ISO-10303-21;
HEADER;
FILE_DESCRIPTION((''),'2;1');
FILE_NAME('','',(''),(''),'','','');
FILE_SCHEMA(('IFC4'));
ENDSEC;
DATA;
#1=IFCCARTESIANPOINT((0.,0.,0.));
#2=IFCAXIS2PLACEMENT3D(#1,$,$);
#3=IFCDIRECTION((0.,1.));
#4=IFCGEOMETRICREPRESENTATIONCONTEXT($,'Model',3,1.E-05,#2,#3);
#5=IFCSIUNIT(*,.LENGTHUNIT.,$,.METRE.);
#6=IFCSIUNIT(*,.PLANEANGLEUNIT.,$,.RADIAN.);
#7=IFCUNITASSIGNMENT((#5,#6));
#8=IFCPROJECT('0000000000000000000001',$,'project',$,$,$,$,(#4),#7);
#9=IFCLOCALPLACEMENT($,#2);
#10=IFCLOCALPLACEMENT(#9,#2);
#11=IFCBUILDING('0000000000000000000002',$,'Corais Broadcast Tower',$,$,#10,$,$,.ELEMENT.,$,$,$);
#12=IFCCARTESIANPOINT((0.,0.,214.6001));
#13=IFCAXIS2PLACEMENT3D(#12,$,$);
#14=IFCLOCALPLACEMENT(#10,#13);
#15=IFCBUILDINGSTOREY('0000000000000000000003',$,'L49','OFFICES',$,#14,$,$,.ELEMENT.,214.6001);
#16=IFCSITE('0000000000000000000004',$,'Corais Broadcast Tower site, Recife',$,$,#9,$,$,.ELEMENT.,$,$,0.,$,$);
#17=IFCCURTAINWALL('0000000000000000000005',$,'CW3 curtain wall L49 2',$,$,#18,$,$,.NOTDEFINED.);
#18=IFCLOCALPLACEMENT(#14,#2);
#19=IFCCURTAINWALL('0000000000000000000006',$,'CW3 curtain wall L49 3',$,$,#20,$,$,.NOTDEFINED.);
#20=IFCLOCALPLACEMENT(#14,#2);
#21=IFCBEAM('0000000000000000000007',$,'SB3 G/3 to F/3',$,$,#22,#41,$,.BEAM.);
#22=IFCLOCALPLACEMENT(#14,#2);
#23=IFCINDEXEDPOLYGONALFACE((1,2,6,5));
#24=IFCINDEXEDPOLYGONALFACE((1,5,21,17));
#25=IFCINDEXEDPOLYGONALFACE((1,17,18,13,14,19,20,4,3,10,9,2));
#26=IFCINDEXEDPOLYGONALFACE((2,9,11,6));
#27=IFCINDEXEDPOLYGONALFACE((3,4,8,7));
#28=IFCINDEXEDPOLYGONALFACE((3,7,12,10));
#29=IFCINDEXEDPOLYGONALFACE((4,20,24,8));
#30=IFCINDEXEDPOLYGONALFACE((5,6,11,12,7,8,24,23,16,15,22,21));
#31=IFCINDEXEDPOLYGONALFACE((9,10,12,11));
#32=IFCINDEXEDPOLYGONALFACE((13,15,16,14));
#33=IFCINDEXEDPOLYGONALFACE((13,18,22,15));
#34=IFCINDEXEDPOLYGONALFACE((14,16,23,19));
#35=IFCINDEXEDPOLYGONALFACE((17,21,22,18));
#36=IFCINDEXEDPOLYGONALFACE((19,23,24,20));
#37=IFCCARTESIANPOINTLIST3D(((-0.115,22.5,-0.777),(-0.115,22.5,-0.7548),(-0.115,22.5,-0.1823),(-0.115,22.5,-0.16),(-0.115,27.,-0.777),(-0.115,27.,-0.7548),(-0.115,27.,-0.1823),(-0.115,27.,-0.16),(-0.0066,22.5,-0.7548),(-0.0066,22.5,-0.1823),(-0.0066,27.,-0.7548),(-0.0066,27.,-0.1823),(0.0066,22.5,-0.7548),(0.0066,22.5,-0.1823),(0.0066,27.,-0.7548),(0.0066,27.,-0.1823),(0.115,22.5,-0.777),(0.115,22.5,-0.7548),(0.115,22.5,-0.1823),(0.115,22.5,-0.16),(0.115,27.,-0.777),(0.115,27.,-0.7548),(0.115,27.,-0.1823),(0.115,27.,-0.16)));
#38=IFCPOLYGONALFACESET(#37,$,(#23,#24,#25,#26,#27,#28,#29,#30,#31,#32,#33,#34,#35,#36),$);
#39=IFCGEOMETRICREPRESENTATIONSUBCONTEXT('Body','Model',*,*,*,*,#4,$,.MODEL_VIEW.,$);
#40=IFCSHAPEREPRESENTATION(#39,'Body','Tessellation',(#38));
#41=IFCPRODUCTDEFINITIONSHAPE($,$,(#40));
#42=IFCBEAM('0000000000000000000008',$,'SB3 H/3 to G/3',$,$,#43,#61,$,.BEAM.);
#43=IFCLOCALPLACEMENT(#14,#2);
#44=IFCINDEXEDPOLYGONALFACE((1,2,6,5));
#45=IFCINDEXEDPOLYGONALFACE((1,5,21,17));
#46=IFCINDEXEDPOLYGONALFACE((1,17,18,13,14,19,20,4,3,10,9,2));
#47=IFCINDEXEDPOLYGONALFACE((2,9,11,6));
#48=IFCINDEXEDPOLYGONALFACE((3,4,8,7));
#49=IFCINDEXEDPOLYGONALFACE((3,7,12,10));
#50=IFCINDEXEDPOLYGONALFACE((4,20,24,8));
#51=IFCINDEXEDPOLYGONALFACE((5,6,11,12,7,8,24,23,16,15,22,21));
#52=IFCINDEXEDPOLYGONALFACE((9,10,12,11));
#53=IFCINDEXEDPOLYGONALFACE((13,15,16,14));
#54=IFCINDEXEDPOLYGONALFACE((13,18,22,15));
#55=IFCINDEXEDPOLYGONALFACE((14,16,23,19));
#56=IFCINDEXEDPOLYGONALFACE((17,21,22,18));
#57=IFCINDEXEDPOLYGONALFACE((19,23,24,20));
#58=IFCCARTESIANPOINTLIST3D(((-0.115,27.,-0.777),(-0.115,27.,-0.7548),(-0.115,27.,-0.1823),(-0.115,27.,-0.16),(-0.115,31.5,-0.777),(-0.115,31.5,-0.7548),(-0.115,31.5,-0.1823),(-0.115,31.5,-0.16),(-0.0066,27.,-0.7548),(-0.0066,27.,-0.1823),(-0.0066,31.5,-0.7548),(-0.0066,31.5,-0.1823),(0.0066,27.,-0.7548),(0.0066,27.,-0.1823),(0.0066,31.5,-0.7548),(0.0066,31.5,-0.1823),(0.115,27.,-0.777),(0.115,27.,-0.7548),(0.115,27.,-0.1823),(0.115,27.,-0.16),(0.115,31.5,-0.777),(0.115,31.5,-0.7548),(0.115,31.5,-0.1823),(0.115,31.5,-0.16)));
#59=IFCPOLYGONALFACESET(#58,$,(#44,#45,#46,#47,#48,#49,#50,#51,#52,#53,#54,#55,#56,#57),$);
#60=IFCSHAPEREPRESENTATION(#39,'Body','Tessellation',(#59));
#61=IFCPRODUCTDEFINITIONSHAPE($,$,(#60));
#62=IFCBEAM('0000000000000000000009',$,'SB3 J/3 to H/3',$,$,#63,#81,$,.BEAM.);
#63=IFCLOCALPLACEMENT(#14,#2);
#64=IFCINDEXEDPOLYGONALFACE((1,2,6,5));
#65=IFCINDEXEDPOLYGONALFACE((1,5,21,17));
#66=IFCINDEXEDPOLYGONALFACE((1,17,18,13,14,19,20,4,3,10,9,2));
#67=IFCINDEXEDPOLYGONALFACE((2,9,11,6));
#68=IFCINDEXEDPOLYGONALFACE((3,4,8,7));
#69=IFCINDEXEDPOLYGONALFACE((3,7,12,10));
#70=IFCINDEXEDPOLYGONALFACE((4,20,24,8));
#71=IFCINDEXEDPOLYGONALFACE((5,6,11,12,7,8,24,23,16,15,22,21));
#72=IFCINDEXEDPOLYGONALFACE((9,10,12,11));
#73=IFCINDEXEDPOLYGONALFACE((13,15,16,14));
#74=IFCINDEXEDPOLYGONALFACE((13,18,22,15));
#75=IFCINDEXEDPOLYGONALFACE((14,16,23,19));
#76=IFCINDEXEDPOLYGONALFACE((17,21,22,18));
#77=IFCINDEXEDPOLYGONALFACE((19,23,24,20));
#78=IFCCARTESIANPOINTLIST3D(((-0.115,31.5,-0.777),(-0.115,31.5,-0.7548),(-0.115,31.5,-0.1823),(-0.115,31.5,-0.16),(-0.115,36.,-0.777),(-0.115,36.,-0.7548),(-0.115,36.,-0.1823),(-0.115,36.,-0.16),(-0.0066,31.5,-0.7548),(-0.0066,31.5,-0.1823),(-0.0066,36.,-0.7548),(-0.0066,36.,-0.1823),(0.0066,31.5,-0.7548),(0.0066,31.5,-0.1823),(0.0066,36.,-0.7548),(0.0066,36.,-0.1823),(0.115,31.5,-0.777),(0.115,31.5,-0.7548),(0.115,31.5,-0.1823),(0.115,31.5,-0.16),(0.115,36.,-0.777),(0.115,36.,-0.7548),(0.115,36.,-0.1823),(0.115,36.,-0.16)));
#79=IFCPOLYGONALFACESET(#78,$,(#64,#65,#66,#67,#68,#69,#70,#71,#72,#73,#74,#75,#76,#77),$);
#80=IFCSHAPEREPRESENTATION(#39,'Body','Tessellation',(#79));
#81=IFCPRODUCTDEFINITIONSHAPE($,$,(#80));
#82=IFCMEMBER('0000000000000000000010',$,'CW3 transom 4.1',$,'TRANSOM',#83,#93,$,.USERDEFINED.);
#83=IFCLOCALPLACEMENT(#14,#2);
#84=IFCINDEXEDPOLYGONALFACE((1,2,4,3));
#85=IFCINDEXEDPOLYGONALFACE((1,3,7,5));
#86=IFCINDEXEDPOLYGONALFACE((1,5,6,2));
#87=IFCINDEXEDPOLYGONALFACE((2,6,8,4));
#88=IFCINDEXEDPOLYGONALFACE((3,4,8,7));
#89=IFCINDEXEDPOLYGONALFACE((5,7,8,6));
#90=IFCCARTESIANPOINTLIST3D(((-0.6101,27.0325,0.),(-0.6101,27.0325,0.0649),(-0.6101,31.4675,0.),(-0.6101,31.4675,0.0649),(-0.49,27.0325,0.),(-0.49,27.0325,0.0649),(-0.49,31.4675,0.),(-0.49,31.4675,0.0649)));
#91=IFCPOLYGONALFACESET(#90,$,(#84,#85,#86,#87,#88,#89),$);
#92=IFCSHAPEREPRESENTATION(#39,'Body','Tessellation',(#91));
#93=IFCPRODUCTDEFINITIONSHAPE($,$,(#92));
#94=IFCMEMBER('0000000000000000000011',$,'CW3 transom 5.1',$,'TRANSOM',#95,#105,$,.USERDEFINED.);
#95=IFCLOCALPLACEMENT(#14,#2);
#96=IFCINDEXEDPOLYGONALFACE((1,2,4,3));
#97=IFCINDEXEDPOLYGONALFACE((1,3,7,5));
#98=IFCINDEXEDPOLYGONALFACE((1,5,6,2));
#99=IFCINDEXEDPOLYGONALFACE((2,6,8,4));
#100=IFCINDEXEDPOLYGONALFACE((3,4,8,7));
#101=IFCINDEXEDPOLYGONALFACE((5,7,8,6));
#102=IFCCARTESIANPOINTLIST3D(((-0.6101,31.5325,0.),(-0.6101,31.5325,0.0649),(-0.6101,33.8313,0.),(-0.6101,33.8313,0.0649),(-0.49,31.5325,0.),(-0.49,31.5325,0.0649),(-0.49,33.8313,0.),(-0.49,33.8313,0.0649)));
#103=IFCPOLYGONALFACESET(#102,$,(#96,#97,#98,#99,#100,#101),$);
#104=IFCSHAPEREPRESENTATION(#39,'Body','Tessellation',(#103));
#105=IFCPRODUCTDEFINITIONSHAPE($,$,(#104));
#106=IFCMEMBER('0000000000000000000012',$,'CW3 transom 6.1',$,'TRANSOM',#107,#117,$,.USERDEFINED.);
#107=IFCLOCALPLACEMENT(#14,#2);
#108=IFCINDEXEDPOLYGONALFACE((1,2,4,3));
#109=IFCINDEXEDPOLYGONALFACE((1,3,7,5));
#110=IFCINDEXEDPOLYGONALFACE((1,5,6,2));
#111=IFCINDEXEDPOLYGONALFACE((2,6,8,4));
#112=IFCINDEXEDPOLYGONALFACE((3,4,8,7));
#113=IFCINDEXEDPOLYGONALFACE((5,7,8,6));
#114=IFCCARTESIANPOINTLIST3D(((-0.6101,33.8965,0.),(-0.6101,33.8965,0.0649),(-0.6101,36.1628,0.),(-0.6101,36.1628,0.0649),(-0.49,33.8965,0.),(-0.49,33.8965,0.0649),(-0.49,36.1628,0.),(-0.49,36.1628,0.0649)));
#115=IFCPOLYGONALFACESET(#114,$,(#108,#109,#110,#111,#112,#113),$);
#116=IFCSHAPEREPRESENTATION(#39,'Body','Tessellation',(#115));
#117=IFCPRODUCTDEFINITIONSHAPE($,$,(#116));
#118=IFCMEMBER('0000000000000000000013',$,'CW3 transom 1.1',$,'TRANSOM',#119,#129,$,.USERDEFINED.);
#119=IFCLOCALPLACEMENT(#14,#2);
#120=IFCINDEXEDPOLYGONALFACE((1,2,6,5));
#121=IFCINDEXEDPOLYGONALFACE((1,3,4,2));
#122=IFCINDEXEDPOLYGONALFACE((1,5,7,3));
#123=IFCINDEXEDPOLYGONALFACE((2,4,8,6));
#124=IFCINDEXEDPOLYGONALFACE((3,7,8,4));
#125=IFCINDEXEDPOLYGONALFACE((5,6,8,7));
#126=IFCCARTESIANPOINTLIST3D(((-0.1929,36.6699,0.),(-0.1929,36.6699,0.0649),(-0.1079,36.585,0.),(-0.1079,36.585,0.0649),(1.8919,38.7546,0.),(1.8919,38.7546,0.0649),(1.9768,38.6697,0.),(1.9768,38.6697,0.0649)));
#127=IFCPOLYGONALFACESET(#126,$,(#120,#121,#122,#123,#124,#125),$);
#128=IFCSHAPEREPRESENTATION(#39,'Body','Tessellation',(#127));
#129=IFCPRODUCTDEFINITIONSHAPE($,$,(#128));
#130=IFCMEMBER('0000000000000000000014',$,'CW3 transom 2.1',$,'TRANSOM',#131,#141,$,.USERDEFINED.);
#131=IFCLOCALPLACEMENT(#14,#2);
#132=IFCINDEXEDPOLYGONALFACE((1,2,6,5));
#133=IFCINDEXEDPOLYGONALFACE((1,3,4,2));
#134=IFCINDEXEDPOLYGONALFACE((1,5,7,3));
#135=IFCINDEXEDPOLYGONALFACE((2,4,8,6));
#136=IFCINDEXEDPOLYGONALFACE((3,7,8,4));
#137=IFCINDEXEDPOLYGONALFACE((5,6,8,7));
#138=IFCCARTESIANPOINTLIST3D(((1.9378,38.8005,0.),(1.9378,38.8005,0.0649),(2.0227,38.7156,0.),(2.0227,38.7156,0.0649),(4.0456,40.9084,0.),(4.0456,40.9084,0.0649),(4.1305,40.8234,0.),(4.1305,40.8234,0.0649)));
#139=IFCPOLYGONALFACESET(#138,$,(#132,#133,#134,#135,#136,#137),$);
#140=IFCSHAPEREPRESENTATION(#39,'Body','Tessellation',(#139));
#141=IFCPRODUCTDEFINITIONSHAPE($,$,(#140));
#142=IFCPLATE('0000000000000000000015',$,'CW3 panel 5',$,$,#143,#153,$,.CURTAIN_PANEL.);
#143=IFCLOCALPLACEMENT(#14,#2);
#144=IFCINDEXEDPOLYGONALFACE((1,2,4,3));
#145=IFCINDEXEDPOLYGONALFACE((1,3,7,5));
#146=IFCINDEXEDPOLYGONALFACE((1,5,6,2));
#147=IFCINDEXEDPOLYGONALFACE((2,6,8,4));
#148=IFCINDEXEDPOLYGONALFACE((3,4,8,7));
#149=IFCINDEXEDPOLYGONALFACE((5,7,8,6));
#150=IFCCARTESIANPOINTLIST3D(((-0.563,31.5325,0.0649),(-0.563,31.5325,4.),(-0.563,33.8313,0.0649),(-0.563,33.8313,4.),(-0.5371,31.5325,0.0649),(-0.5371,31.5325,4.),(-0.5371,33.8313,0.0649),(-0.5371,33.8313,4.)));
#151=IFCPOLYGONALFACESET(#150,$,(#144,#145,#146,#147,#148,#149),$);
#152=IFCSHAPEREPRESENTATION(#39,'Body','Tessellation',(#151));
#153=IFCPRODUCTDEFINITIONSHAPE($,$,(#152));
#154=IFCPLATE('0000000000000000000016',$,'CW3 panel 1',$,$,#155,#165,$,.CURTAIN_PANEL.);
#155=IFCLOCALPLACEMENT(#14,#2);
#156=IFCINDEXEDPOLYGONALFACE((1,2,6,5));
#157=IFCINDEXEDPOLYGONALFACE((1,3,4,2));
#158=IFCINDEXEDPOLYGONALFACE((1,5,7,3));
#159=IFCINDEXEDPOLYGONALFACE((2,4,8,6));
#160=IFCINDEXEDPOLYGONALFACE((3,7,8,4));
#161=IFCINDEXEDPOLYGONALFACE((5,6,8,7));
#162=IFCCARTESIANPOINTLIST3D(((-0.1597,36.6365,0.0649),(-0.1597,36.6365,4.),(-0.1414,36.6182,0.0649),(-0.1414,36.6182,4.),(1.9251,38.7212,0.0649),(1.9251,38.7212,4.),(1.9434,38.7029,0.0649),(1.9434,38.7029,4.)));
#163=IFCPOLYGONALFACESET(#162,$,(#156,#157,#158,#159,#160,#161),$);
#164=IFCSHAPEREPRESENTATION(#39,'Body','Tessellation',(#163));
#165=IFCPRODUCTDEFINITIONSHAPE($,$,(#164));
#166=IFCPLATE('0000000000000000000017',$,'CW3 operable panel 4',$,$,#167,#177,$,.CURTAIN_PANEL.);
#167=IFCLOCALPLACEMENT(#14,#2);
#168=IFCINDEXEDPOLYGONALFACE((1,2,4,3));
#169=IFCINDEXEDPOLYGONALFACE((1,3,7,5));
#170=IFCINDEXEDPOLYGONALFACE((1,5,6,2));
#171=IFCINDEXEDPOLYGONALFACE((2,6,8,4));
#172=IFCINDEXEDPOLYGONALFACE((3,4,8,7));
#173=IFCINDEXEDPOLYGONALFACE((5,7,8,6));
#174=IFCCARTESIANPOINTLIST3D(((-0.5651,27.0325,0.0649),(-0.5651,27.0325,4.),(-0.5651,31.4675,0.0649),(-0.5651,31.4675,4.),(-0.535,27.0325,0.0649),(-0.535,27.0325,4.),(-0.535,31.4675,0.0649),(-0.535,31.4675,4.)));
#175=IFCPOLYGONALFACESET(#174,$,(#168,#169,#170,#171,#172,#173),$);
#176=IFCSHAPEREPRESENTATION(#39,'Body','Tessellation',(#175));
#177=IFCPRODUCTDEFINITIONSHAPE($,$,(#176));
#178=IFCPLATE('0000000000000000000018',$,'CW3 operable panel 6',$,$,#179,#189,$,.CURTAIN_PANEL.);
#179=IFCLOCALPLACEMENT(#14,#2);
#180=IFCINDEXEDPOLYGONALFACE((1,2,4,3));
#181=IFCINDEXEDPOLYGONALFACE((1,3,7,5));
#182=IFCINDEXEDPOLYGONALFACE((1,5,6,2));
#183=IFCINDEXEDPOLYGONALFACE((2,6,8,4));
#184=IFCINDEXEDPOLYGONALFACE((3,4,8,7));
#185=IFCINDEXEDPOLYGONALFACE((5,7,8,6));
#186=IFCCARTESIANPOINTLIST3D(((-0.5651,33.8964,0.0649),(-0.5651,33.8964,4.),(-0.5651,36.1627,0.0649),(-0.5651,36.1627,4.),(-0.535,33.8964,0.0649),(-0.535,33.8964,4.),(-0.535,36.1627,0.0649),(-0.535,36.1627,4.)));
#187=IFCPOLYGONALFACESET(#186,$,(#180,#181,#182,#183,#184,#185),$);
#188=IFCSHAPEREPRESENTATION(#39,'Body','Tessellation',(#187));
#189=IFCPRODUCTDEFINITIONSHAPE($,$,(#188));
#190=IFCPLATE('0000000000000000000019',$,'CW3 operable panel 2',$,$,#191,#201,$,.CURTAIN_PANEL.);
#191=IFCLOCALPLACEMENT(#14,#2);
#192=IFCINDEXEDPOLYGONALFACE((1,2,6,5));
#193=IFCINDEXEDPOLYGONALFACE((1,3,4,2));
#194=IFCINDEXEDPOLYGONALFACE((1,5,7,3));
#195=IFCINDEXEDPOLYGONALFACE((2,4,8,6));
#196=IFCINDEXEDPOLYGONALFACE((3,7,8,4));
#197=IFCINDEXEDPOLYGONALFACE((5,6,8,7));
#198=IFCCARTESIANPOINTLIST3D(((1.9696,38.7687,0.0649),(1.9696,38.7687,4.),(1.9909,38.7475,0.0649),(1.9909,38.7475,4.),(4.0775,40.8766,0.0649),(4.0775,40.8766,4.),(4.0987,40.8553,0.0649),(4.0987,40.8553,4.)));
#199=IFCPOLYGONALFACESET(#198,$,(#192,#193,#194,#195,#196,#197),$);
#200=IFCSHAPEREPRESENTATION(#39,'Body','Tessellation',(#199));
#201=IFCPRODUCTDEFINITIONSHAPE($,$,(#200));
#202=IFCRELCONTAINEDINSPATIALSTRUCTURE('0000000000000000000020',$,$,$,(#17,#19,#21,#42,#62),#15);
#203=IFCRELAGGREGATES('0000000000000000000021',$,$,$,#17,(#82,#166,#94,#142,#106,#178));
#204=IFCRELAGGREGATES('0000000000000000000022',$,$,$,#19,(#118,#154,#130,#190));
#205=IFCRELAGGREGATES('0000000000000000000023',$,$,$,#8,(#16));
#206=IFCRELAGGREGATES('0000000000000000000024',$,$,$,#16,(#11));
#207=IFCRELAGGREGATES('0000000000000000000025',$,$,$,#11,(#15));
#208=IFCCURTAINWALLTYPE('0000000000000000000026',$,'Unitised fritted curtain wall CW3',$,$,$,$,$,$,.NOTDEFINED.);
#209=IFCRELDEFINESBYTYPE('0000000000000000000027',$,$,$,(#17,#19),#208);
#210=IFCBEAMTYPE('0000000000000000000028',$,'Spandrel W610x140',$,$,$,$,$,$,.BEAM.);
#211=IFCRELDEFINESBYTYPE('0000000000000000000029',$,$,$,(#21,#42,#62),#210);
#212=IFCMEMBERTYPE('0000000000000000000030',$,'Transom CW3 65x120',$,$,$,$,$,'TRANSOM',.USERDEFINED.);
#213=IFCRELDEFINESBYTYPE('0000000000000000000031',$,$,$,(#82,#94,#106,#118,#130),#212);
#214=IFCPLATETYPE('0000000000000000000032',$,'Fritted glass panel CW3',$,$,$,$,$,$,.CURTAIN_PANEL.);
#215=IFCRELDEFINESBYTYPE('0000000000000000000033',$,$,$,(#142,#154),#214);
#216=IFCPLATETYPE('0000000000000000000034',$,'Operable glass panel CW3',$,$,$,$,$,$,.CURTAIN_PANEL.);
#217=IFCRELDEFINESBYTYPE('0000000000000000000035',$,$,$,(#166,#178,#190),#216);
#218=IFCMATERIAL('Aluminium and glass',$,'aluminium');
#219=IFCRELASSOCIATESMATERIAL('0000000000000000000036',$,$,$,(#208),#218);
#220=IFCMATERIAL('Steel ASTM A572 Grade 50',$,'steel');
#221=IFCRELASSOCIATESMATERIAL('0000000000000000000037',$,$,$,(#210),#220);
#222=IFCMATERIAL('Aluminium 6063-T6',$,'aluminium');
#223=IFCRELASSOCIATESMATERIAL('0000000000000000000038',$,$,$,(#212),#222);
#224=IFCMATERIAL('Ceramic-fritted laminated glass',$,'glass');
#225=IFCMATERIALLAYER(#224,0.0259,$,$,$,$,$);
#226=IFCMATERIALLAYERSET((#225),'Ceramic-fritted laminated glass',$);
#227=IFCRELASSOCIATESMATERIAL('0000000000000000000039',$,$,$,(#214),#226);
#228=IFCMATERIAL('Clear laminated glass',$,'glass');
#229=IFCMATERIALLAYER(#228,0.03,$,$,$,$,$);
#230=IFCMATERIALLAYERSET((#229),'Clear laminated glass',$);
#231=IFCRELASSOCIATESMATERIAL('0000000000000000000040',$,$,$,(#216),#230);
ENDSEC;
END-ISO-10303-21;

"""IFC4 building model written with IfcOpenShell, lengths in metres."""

from ifc_helpers import new_model, si_unit, direction, frame, origin, origin_2d, place, context, subcontext, project, spatial, rectangle, i_section, extrude, material, layer, layer_set, material_profile, profile_set, type_object, element, aggregate, save


model = new_model("IFC4")

# Units and contexts
model_context = context("Model", 3, precision=1e-05, world=origin(), true_north=direction((0.0, 1.0)))
body_context = subcontext(model_context, "Body", "Model", "MODEL_VIEW")
ifc_project = project(units=[si_unit("LENGTHUNIT", "METRE"), si_unit("PLANEANGLEUNIT", "RADIAN")], contexts=[model_context])

# Site, building, storey
site_placement = place(None, origin())
site = spatial("IfcSite", under=ifc_project, at=site_placement, Name="Corais Broadcast Tower site, Recife", CompositionType="ELEMENT", RefElevation=0.0)
building_placement = place(site_placement, origin())
building = spatial("IfcBuilding", under=site, at=building_placement, Name="Corais Broadcast Tower", CompositionType="ELEMENT")
storey_placement = place(building_placement, frame((0.0, 0.0, 214.6001)))
storey = spatial("IfcBuildingStorey", under=building, at=storey_placement, Name="L49", Description="OFFICES", CompositionType="ELEMENT", Elevation=214.6001)

# Curtain walls
ifc_material_1 = material(Name="Aluminium and glass", Category="aluminium")
curtain_wall_type = type_object("IfcCurtainWallType", Name="Unitised fritted curtain wall CW3", PredefinedType="NOTDEFINED", material=ifc_material_1)
curtain_wall_1_placement = place(storey_placement, origin())
curtain_wall_1 = element("IfcCurtainWall", 1, at=curtain_wall_1_placement, inside=storey, type_object=curtain_wall_type, Name="CW3 curtain wall L49 2", PredefinedType="NOTDEFINED")
curtain_wall_2_placement = place(storey_placement, origin())
curtain_wall_2 = element("IfcCurtainWall", 2, at=curtain_wall_2_placement, inside=storey, type_object=curtain_wall_type, Name="CW3 curtain wall L49 3", PredefinedType="NOTDEFINED")

# Beams
ifc_material_2 = material(Name="Steel ASTM A572 Grade 50", Category="steel")
ifc_material_profile_1 = material_profile(ifc_material_2, i_section(OverallWidth=0.23, OverallDepth=0.6169, WebThickness=0.0132, FlangeThickness=0.0222, at=origin_2d()), Name="W610x140")
ifc_profile_set_1 = profile_set([ifc_material_profile_1], Name="Steel ASTM A572 Grade 50")
beam_type_1 = type_object("IfcBeamType", Name="Spandrel W610x140", PredefinedType="BEAM", material=ifc_profile_set_1)
for number, where, z_axis, x_axis, name in (
    (3, (0.0, 27.0, -0.4685), (0.0, -1.0, 0.0), (1.0, 0.0, 0.0), "SB3 G/3 to F/3"),
    (4, (0.0, 31.5, -0.4685), (0.0, -1.0, 0.0), (1.0, 0.0, 0.0), "SB3 H/3 to G/3"),
    (5, (0.0, 36.0, -0.4685), (0.0, -1.0, 0.0), (1.0, 0.0, 0.0), "SB3 J/3 to H/3"),
):
    element("IfcBeam", number, at=place(storey_placement, frame(where, z_axis=z_axis, x_axis=x_axis)), inside=storey, type_object=beam_type_1, Name=name, PredefinedType="BEAM", context=body_context, shape_type="SweptSolid", body=[
        extrude(i_section(OverallWidth=0.23, OverallDepth=0.6169, WebThickness=0.0132, FlangeThickness=0.0222, at=origin_2d()), origin(), (0.0, 0.0, 1.0), 4.5),
    ])

# Members
ifc_material_3 = material(Name="Aluminium 6063-T6", Category="aluminium")
ifc_material_profile_2 = material_profile(ifc_material_3, rectangle(XDim=0.1201, YDim=0.0649, at=origin_2d()), Name="Transom CW3 65x120")
ifc_profile_set_2 = profile_set([ifc_material_profile_2], Name="Aluminium 6063-T6")
member_type_1 = type_object("IfcMemberType", Name="Transom CW3 65x120", ElementType="TRANSOM", PredefinedType="USERDEFINED", material=ifc_profile_set_2)
member_1_placement = place(storey_placement, frame((-0.55, 27.0325, 0.0325), z_axis=(0.0, 1.0, 0.0), x_axis=(-1.0, 0.0, 0.0)))
member_1 = element("IfcMember", 6, at=member_1_placement, type_object=member_type_1, Name="CW3 transom 4.1", ObjectType="TRANSOM", PredefinedType="USERDEFINED", context=body_context, shape_type="SweptSolid", body=[
    extrude(rectangle(XDim=0.1201, YDim=0.0649, at=origin_2d()), origin(), (0.0, 0.0, 1.0), 4.4351),
])
member_2_placement = place(storey_placement, frame((-0.55, 31.5325, 0.0325), z_axis=(0.0, 1.0, 0.0), x_axis=(-1.0, 0.0, 0.0)))
member_2 = element("IfcMember", 7, at=member_2_placement, type_object=member_type_1, Name="CW3 transom 5.1", ObjectType="TRANSOM", PredefinedType="USERDEFINED", context=body_context, shape_type="SweptSolid", body=[
    extrude(rectangle(XDim=0.1201, YDim=0.0649, at=origin_2d()), origin(), (0.0, 0.0, 1.0), 2.2988),
])
member_3_placement = place(storey_placement, frame((-0.55, 33.8965, 0.0325), z_axis=(0.0, 1.0, 0.0), x_axis=(-1.0, 0.0, 0.0)))
member_3 = element("IfcMember", 8, at=member_3_placement, type_object=member_type_1, Name="CW3 transom 6.1", ObjectType="TRANSOM", PredefinedType="USERDEFINED", context=body_context, shape_type="SweptSolid", body=[
    extrude(rectangle(XDim=0.1201, YDim=0.0649, at=origin_2d()), origin(), (0.0, 0.0, 1.0), 2.2664),
])
member_4_placement = place(storey_placement, frame((-0.1504, 36.6274, 0.0325), z_axis=(0.707107, 0.707107, 0.0), x_axis=(-0.707107, 0.707107, 0.0)))
member_4 = element("IfcMember", 9, at=member_4_placement, type_object=member_type_1, Name="CW3 transom 1.1", ObjectType="TRANSOM", PredefinedType="USERDEFINED", context=body_context, shape_type="SweptSolid", body=[
    extrude(rectangle(XDim=0.1201, YDim=0.0649, at=origin_2d()), origin(), (0.0, 0.0, 1.0), 2.9482),
])
member_5_placement = place(storey_placement, frame((1.9802, 38.7581, 0.0325), z_axis=(0.707107, 0.707107, 0.0), x_axis=(-0.707107, 0.707107, 0.0)))
member_5 = element("IfcMember", 10, at=member_5_placement, type_object=member_type_1, Name="CW3 transom 2.1", ObjectType="TRANSOM", PredefinedType="USERDEFINED", context=body_context, shape_type="SweptSolid", body=[
    extrude(rectangle(XDim=0.1201, YDim=0.0649, at=origin_2d()), origin(), (0.0, 0.0, 1.0), 2.981),
])

# Plates
ifc_material_4 = material(Name="Ceramic-fritted laminated glass", Category="glass")
ifc_layer_1 = layer(ifc_material_4, 0.0259)
ifc_layer_set_1 = layer_set([ifc_layer_1], Name="Ceramic-fritted laminated glass")
plate_type_1 = type_object("IfcPlateType", Name="Fritted glass panel CW3", PredefinedType="CURTAIN_PANEL", material=ifc_layer_set_1)
plate_1_placement = place(storey_placement, frame((-0.55, 32.6819, 0.0649), z_axis=(0.0, 0.0, 1.0), x_axis=(0.0, 1.0, 0.0)))
plate_1 = element("IfcPlate", 11, at=plate_1_placement, type_object=plate_type_1, Name="CW3 panel 5", PredefinedType="CURTAIN_PANEL", context=body_context, shape_type="SweptSolid", body=[
    extrude(rectangle(XDim=2.2988, YDim=0.0259, at=origin_2d()), origin(), (0.0, 0.0, 1.0), 3.9351),
])
plate_2_placement = place(storey_placement, frame((0.8918, 37.6697, 0.0649), z_axis=(0.0, 0.0, 1.0), x_axis=(0.707107, 0.707107, 0.0)))
plate_2 = element("IfcPlate", 12, at=plate_2_placement, type_object=plate_type_1, Name="CW3 panel 1", PredefinedType="CURTAIN_PANEL", context=body_context, shape_type="SweptSolid", body=[
    extrude(rectangle(XDim=2.9482, YDim=0.0259, at=origin_2d()), origin(), (0.0, 0.0, 1.0), 3.9351),
])
ifc_material_5 = material(Name="Clear laminated glass", Category="glass")
ifc_layer_2 = layer(ifc_material_5, 0.03)
ifc_layer_set_2 = layer_set([ifc_layer_2], Name="Clear laminated glass")
plate_type_2 = type_object("IfcPlateType", Name="Operable glass panel CW3", PredefinedType="CURTAIN_PANEL", material=ifc_layer_set_2)
plate_3_placement = place(storey_placement, frame((-0.55, 29.25, 0.0649), z_axis=(0.0, 0.0, 1.0), x_axis=(0.0, 1.0, 0.0)))
plate_3 = element("IfcPlate", 13, at=plate_3_placement, type_object=plate_type_2, Name="CW3 operable panel 4", PredefinedType="CURTAIN_PANEL", context=body_context, shape_type="SweptSolid", body=[
    extrude(rectangle(XDim=4.4351, YDim=0.03, at=origin_2d()), origin(), (0.0, 0.0, 1.0), 3.9351),
])
plate_4_placement = place(storey_placement, frame((-0.55, 35.0295, 0.0649), z_axis=(0.0, 0.0, 1.0), x_axis=(0.0, 1.0, 0.0)))
plate_4 = element("IfcPlate", 14, at=plate_4_placement, type_object=plate_type_2, Name="CW3 operable panel 6", PredefinedType="CURTAIN_PANEL", context=body_context, shape_type="SweptSolid", body=[
    extrude(rectangle(XDim=2.2664, YDim=0.03, at=origin_2d()), origin(), (0.0, 0.0, 1.0), 3.9351),
])
aggregate(curtain_wall_1, [member_1, plate_3, member_2, plate_1, member_3, plate_4])
plate_5_placement = place(storey_placement, frame((3.0342, 39.812, 0.0649), z_axis=(0.0, 0.0, 1.0), x_axis=(0.707107, 0.707107, 0.0)))
plate_5 = element("IfcPlate", 15, at=plate_5_placement, type_object=plate_type_2, Name="CW3 operable panel 2", PredefinedType="CURTAIN_PANEL", context=body_context, shape_type="SweptSolid", body=[
    extrude(rectangle(XDim=2.981, YDim=0.03, at=origin_2d()), origin(), (0.0, 0.0, 1.0), 3.9351),
])
aggregate(curtain_wall_2, [member_4, plate_2, member_5, plate_5])

save(model, "model.ifc")
